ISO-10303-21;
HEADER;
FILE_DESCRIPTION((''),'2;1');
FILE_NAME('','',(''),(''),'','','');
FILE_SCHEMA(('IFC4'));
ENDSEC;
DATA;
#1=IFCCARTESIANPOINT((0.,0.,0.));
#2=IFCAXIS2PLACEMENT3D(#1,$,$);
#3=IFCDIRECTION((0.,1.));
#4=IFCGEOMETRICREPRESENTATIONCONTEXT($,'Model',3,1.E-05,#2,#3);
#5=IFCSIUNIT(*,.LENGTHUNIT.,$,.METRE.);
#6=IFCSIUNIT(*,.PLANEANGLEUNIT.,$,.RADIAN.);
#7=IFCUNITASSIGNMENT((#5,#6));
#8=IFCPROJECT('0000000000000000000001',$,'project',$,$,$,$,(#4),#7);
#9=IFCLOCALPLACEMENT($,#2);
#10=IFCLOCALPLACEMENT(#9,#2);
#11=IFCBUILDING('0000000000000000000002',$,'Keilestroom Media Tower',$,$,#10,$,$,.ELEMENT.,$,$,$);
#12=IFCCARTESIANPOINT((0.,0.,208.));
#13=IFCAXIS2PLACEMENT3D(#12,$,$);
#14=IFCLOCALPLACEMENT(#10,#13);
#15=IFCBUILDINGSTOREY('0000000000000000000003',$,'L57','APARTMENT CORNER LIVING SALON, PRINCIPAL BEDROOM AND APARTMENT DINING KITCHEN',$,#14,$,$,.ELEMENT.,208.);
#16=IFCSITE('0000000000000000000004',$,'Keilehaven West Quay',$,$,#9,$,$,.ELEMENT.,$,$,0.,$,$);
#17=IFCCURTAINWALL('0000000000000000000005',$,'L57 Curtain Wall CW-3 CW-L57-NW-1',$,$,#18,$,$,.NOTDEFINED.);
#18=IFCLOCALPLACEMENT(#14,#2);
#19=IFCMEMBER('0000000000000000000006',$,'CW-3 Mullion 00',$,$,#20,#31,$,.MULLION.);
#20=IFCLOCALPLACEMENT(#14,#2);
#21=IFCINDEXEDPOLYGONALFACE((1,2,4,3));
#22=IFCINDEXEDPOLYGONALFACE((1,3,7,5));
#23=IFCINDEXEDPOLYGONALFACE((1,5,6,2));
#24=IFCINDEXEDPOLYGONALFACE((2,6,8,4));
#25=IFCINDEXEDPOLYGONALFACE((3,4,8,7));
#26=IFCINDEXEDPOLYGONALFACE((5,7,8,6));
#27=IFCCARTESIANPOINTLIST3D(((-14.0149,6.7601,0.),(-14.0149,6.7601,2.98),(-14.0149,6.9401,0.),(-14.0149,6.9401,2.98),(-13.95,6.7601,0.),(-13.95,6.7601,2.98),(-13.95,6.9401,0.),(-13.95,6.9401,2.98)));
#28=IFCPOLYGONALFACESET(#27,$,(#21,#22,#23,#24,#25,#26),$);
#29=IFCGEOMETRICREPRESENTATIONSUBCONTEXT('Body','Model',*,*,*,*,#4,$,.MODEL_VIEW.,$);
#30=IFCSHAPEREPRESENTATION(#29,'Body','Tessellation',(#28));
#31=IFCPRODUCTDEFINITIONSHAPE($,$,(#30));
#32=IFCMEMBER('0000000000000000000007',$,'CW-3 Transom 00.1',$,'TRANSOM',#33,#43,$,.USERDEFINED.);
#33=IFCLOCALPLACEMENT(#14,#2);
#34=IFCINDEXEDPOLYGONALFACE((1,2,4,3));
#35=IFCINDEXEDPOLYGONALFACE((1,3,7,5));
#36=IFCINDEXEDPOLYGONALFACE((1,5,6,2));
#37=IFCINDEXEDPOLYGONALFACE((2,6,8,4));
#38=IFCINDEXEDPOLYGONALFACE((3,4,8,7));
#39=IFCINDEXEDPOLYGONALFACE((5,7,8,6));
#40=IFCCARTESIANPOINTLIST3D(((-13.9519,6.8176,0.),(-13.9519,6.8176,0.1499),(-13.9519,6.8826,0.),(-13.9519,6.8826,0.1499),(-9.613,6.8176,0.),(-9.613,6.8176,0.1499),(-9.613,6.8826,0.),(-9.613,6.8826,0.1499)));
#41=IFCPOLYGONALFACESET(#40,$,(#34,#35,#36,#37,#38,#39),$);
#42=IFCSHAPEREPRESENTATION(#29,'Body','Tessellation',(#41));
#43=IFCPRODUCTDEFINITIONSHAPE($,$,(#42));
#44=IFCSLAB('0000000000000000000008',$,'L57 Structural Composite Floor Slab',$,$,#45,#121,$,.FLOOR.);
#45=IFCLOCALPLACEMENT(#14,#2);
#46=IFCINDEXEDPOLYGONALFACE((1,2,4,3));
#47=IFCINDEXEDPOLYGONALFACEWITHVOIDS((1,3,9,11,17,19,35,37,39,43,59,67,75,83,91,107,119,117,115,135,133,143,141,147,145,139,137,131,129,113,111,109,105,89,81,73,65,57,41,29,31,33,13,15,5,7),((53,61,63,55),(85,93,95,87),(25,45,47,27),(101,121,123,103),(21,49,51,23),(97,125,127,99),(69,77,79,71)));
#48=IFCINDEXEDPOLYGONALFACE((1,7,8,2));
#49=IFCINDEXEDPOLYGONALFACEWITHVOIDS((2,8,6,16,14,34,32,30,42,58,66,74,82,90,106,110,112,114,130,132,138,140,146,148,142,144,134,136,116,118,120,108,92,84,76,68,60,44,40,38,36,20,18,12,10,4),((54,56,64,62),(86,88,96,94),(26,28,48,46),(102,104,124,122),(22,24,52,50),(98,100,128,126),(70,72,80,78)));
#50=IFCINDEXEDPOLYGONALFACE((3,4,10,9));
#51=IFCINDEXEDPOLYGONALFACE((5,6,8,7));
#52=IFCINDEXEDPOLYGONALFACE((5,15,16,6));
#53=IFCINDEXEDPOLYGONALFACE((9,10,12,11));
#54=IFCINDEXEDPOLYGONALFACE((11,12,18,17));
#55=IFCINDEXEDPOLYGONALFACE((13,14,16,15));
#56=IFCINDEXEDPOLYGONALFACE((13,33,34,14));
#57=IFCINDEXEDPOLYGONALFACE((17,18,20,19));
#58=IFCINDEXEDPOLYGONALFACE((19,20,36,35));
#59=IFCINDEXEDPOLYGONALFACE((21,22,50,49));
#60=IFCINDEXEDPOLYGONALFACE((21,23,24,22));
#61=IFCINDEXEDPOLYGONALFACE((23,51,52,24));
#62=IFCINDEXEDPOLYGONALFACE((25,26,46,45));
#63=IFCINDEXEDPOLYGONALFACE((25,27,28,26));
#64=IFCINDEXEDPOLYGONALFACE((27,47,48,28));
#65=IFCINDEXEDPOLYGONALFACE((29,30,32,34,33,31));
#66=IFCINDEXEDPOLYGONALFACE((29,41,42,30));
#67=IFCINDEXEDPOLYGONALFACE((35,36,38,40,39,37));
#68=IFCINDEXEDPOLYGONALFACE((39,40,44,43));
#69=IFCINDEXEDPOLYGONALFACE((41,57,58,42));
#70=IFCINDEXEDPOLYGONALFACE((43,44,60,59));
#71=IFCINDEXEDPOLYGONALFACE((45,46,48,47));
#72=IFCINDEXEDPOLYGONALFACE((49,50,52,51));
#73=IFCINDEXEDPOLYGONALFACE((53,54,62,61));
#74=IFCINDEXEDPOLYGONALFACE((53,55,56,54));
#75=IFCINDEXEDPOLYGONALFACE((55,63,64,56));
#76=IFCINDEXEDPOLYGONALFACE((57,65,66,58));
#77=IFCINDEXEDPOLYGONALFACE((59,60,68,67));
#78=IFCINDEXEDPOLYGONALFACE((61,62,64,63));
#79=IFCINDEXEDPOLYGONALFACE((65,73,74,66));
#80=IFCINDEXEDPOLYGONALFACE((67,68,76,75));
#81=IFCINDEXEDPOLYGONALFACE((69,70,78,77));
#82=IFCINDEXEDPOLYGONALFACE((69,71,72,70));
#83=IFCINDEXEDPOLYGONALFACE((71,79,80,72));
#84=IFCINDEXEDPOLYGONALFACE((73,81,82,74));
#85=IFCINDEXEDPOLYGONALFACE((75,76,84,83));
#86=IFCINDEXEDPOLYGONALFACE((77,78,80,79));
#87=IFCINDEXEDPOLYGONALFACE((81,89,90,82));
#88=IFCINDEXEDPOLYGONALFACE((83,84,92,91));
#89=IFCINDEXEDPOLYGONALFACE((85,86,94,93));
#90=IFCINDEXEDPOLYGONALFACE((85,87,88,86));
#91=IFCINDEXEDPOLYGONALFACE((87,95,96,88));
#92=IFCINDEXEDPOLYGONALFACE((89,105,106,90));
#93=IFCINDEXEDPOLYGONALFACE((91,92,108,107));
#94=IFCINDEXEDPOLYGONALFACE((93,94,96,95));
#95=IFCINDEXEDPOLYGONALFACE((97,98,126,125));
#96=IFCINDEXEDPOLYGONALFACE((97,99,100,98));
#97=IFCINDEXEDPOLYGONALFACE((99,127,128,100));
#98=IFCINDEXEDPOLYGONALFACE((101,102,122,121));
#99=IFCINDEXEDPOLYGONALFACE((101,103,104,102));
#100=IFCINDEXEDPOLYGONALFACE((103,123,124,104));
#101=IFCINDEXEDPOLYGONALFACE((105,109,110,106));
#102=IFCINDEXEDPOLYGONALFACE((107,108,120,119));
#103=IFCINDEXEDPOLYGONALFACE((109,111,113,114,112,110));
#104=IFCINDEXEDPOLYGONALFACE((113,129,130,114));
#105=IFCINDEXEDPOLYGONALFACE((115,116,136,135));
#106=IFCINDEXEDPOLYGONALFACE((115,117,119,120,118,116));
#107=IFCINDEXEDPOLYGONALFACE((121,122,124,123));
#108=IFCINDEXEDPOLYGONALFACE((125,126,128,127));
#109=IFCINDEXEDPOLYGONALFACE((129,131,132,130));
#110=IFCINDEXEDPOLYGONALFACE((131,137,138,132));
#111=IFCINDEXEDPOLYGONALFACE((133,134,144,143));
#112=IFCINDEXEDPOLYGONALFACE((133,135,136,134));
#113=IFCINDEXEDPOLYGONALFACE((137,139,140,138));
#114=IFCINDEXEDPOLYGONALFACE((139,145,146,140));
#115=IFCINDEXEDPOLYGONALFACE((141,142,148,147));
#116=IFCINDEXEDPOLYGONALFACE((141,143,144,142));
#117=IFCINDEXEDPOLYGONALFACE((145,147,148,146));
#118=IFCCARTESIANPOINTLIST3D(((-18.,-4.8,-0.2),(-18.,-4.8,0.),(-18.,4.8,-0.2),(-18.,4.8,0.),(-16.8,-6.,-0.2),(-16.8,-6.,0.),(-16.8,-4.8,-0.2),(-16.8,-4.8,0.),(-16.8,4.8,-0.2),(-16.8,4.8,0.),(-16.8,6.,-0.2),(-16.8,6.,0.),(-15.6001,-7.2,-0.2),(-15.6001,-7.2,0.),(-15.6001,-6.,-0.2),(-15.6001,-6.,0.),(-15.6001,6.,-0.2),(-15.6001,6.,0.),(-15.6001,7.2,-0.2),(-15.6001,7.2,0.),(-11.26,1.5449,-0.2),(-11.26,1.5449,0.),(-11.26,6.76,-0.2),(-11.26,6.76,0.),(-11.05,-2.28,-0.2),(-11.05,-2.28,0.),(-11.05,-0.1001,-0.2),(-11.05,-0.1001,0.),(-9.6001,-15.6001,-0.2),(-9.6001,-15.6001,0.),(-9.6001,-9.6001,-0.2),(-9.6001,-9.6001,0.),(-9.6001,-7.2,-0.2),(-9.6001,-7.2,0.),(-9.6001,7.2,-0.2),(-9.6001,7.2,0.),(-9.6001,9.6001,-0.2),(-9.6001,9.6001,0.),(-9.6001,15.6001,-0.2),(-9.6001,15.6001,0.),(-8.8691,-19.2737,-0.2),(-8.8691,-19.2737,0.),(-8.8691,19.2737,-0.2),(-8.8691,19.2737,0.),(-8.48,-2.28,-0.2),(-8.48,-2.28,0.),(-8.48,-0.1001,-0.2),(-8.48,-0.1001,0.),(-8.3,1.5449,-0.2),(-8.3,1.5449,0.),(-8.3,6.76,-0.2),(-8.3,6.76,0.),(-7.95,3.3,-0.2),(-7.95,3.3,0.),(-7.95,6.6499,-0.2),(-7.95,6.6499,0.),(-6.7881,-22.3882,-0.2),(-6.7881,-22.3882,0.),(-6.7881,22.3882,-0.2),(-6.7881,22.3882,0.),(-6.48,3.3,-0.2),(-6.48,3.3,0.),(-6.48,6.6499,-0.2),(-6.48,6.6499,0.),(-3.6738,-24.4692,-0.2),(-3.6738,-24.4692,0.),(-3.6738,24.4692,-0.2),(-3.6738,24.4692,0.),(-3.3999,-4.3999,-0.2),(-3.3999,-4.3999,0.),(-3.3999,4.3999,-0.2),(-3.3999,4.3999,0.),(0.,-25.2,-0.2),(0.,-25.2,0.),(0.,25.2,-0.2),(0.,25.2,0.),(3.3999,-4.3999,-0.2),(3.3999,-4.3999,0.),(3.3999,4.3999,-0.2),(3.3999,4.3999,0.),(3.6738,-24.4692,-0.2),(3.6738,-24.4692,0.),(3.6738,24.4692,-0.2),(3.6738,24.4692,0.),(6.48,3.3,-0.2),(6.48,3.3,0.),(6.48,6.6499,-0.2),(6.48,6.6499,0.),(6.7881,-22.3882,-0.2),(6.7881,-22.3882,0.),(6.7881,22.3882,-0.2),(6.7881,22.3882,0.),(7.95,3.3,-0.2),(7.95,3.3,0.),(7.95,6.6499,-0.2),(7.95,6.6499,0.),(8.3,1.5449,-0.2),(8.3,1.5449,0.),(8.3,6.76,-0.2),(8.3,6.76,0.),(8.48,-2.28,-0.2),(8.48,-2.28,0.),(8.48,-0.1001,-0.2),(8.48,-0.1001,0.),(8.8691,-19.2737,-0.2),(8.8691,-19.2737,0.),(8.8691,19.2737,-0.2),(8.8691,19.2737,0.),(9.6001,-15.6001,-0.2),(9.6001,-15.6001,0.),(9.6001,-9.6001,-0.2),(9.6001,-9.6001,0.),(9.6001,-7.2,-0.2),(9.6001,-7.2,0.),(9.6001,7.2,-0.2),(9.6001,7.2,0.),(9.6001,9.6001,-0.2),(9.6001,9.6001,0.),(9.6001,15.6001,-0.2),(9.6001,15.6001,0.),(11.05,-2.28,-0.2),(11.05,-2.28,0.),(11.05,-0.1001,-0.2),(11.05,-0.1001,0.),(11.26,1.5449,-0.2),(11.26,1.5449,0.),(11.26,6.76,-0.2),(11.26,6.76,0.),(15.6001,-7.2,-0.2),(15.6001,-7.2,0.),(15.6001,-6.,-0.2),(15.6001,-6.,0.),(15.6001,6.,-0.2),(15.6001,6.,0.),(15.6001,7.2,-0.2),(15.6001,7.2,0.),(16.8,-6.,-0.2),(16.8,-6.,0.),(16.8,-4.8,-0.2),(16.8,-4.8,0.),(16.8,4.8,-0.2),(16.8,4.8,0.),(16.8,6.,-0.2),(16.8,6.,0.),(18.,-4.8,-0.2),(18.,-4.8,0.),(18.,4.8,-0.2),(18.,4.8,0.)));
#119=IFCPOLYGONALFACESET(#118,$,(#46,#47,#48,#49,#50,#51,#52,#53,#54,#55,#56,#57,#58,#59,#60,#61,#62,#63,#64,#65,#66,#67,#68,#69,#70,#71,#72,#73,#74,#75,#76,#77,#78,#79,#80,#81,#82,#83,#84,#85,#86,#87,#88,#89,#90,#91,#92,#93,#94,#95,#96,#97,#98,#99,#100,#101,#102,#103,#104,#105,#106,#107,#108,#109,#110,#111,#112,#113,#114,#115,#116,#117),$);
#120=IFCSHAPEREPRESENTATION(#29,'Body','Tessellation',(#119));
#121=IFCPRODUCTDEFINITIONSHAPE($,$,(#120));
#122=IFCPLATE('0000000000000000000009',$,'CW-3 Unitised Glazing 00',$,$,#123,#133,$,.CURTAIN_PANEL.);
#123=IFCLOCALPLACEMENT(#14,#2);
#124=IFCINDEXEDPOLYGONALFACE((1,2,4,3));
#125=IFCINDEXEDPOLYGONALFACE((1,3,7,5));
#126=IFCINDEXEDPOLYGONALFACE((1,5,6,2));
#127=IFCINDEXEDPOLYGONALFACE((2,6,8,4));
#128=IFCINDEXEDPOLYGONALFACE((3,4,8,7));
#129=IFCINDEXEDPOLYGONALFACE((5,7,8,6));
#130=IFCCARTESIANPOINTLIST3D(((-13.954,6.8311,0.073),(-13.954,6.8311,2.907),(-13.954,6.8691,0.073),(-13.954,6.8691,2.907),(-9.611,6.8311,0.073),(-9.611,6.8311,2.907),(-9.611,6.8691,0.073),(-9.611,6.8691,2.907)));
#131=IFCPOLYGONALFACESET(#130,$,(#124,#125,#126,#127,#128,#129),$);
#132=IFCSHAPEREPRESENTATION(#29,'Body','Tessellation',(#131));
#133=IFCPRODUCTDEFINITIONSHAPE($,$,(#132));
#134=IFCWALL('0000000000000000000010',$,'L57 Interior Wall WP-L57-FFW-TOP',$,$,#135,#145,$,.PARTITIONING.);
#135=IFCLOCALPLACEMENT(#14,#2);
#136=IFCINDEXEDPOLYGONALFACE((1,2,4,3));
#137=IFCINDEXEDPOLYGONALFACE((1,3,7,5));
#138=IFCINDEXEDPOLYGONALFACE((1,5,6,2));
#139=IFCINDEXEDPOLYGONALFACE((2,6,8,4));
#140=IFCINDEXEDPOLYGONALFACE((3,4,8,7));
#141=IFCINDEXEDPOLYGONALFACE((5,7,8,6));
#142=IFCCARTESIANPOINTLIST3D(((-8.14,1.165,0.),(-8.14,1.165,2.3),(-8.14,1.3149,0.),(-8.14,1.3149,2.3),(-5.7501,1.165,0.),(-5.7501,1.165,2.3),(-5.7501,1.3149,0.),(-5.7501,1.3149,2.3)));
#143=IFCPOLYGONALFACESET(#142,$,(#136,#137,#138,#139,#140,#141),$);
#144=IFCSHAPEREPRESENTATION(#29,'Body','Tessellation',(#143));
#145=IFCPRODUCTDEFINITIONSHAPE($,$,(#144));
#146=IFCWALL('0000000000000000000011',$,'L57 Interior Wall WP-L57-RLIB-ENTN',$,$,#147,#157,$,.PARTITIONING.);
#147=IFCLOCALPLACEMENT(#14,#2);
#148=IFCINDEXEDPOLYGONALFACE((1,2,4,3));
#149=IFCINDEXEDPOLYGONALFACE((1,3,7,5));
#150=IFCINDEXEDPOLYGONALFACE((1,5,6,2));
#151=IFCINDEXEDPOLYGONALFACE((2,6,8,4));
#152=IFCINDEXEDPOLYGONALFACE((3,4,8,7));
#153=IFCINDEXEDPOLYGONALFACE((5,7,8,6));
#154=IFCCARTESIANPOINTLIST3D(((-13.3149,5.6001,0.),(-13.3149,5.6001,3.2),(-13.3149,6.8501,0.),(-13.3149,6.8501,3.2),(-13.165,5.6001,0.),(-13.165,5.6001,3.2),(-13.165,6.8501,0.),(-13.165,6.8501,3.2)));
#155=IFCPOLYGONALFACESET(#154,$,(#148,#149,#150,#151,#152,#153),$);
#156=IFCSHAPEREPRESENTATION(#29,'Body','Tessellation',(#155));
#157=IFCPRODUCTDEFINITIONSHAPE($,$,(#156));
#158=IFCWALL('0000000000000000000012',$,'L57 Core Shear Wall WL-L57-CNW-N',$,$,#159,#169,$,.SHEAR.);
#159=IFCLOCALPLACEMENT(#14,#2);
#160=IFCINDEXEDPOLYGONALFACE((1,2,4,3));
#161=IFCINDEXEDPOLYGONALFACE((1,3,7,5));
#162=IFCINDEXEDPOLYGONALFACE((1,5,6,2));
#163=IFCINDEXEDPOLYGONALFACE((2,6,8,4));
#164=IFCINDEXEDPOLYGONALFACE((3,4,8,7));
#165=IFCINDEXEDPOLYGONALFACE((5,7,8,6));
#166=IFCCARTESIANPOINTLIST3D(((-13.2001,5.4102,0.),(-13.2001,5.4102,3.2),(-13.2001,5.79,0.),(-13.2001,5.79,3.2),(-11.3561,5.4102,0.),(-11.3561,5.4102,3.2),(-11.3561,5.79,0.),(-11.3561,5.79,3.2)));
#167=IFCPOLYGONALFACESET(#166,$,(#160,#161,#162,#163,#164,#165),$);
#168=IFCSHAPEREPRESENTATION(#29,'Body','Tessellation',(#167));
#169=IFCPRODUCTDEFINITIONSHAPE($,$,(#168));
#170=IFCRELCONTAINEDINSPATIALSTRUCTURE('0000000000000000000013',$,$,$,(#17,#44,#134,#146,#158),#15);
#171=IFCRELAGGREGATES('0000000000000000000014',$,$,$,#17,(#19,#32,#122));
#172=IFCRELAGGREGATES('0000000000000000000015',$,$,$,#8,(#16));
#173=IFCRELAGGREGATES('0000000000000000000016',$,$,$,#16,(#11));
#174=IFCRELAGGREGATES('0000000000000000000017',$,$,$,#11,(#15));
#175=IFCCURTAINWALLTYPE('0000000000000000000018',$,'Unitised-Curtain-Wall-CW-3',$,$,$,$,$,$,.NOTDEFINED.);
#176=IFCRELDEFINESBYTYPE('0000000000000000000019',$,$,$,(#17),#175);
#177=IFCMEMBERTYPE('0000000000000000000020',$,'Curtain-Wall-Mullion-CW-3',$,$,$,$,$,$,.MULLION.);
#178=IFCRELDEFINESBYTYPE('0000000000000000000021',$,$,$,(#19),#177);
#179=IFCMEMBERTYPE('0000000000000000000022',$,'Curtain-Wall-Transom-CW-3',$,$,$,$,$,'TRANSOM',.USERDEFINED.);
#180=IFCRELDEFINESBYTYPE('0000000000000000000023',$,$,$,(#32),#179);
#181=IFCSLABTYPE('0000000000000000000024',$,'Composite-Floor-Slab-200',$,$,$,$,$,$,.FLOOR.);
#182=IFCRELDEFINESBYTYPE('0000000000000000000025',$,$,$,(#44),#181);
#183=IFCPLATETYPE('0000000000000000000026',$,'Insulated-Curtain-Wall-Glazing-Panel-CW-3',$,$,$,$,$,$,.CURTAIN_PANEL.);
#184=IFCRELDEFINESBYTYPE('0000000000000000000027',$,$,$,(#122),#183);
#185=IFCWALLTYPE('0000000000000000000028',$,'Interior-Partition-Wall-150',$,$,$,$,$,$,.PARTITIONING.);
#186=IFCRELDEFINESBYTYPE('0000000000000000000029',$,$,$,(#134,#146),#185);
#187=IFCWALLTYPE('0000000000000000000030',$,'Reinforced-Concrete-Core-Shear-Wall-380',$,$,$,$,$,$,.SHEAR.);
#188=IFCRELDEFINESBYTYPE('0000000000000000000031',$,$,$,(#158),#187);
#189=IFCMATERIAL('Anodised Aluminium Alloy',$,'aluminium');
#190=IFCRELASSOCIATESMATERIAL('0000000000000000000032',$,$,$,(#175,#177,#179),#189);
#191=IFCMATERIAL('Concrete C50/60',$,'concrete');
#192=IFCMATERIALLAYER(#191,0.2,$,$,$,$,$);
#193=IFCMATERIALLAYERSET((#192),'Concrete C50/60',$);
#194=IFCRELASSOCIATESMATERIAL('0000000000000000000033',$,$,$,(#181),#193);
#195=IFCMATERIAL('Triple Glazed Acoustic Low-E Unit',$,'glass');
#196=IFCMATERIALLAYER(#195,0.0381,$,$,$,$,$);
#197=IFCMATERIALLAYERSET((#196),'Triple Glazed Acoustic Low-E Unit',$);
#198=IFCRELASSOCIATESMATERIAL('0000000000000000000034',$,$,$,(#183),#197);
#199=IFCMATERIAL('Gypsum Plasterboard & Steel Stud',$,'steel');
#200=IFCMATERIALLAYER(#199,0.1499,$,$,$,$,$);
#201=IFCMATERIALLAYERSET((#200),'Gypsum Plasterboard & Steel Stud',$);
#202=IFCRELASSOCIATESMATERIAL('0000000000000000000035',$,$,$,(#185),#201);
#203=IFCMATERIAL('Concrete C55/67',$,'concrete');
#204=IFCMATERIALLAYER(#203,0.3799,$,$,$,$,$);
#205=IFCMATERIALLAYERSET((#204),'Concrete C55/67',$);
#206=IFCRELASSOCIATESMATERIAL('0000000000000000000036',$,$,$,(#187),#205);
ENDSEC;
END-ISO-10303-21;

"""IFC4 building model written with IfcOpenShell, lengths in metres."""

from ifc_helpers import new_model, si_unit, direction, frame, frame_2d, origin, origin_2d, place, context, subcontext, project, spatial, polyline, rectangle, outline, extrude, source, transform, mapped, material, layer, layer_set, material_profile, profile_set, type_object, element, aggregate, save


model = new_model("IFC4")

# Units and contexts
model_context = context("Model", 3, precision=1e-05, world=origin(), true_north=direction((0.0, 1.0)))
body_context = subcontext(model_context, "Body", "Model", "MODEL_VIEW")
ifc_project = project(units=[si_unit("LENGTHUNIT", "METRE"), si_unit("PLANEANGLEUNIT", "RADIAN")], contexts=[model_context])

# Site, building, storey
site_placement = place(None, origin())
site = spatial("IfcSite", under=ifc_project, at=site_placement, Name="Keilehaven West Quay", CompositionType="ELEMENT", RefElevation=0.0)
building_placement = place(site_placement, origin())
building = spatial("IfcBuilding", under=site, at=building_placement, Name="Keilestroom Media Tower", CompositionType="ELEMENT")
storey_placement = place(building_placement, frame((0.0, 0.0, 208.0)))
storey = spatial("IfcBuildingStorey", under=building, at=storey_placement, Name="L57", Description="APARTMENT CORNER LIVING SALON, PRINCIPAL BEDROOM AND APARTMENT DINING KITCHEN", CompositionType="ELEMENT", Elevation=208.0)

# Curtain wall, members
ifc_material_1 = material(Name="Anodised Aluminium Alloy", Category="aluminium")
curtain_wall_type = type_object("IfcCurtainWallType", Name="Unitised-Curtain-Wall-CW-3", PredefinedType="NOTDEFINED", material=ifc_material_1)
curtain_wall_placement = place(storey_placement, origin())
curtain_wall = element("IfcCurtainWall", 1, at=curtain_wall_placement, inside=storey, type_object=curtain_wall_type, Name="L57 Curtain Wall CW-3 CW-L57-NW-1", PredefinedType="NOTDEFINED")
ifc_material_profile_1 = material_profile(ifc_material_1, rectangle(XDim=0.0649, YDim=0.1799, at=origin_2d()), Name="ALU MULLION 65x180")
ifc_profile_set_1 = profile_set([ifc_material_profile_1], Name="Anodised Aluminium Alloy")
member_type_1 = type_object("IfcMemberType", Name="Curtain-Wall-Mullion-CW-3", PredefinedType="MULLION", material=ifc_profile_set_1)
shared_shape_1 = source(origin(), body_context, "Body", "SweptSolid", [
    extrude(rectangle(XDim=0.0649, YDim=0.1799, at=origin_2d()), origin(), (0.0, 0.0, 1.0), 2.98),
])
member_1_placement = place(storey_placement, frame((-13.9824, 6.8501, 0.0), z_axis=(0.0, 0.0, 1.0), x_axis=(1.0, 0.0, 0.0)))
member_1 = element("IfcMember", 2, at=member_1_placement, type_object=member_type_1, Name="CW-3 Mullion 00", PredefinedType="MULLION", context=body_context, shape_type="MappedRepresentation", body=[
    mapped(shared_shape_1, transform((0.0, 0.0, 0.0), x_axis=(1.0, 0.0, 0.0), y_axis=(0.0, 1.0, 0.0), z_axis=(0.0, 0.0, 1.0), scale=1.0)),
])
ifc_material_profile_2 = material_profile(ifc_material_1, rectangle(XDim=0.0649, YDim=0.1499, at=origin_2d()), Name="ALU TRANSOM 65x150")
ifc_profile_set_2 = profile_set([ifc_material_profile_2], Name="Anodised Aluminium Alloy")
member_type_2 = type_object("IfcMemberType", Name="Curtain-Wall-Transom-CW-3", ElementType="TRANSOM", PredefinedType="USERDEFINED", material=ifc_profile_set_2)
shared_shape_2 = source(origin(), body_context, "Body", "SweptSolid", [
    extrude(rectangle(XDim=0.0649, YDim=0.1499, at=origin_2d()), origin(), (0.0, 0.0, 1.0), 4.3389),
])
member_2_placement = place(storey_placement, frame((-13.9519, 6.8501, 0.075), z_axis=(1.0, 0.0, 0.0), x_axis=(0.0, 1.0, 0.0)))
member_2 = element("IfcMember", 3, at=member_2_placement, type_object=member_type_2, Name="CW-3 Transom 00.1", ObjectType="TRANSOM", PredefinedType="USERDEFINED", context=body_context, shape_type="MappedRepresentation", body=[
    mapped(shared_shape_2, transform((0.0, 0.0, 0.0), x_axis=(1.0, 0.0, 0.0), y_axis=(0.0, 1.0, 0.0), z_axis=(0.0, 0.0, 1.0), scale=1.0)),
])

# Slab
ifc_material_2 = material(Name="Concrete C50/60", Category="concrete")
ifc_layer_1 = layer(ifc_material_2, 0.2)
ifc_layer_set_1 = layer_set([ifc_layer_1], Name="Concrete C50/60")
slab_type = type_object("IfcSlabType", Name="Composite-Floor-Slab-200", PredefinedType="FLOOR", material=ifc_layer_set_1)
slab_placement = place(storey_placement, frame((0.0, 0.0, -0.2)))
element("IfcSlab", 4, at=slab_placement, inside=storey, type_object=slab_type, Name="L57 Structural Composite Floor Slab", PredefinedType="FLOOR", context=body_context, shape_type="SweptSolid", body=[
    extrude(outline(polyline([(18.0, -4.8), (18.0, 4.8), (16.8, 4.8), (16.8, 6.0), (15.6001, 6.0), (15.6001, 7.2), (9.6001, 7.2), (9.6001, 9.6001), (9.6001, 15.6001), (8.8691, 19.2737), (6.7881, 22.3882), (3.6738, 24.4692), (0.0, 25.2), (-3.6738, 24.4692), (-6.7881, 22.3882), (-8.8691, 19.2737), (-9.6001, 15.6001), (-9.6001, 9.6001), (-9.6001, 7.2), (-15.6001, 7.2), (-15.6001, 6.0), (-16.8, 6.0), (-16.8, 4.8), (-18.0, 4.8), (-18.0, -4.8), (-16.8, -4.8), (-16.8, -6.0), (-15.6001, -6.0), (-15.6001, -7.2), (-9.6001, -7.2), (-9.6001, -9.6001), (-9.6001, -15.6001), (-8.8691, -19.2737), (-6.7881, -22.3882), (-3.6738, -24.4692), (0.0, -25.2), (3.6738, -24.4692), (6.7881, -22.3882), (8.8691, -19.2737), (9.6001, -15.6001), (9.6001, -9.6001), (9.6001, -7.2), (15.6001, -7.2), (15.6001, -6.0), (16.8, -6.0), (16.8, -4.8), (18.0, -4.8)]), holes=[polyline([(-8.3, 1.5449), (-11.26, 1.5449), (-11.26, 6.76), (-8.3, 6.76), (-8.3, 1.5449)]), polyline([(-8.48, -2.28), (-11.05, -2.28), (-11.05, -0.1001), (-8.48, -0.1001), (-8.48, -2.28)]), polyline([(-6.48, 3.3), (-7.95, 3.3), (-7.95, 6.6499), (-6.48, 6.6499), (-6.48, 3.3)]), polyline([(3.3999, -4.3999), (-3.3999, -4.3999), (-3.3999, 4.3999), (3.3999, 4.3999), (3.3999, -4.3999)]), polyline([(7.95, 3.3), (6.48, 3.3), (6.48, 6.6499), (7.95, 6.6499), (7.95, 3.3)]), polyline([(11.26, 1.5449), (8.3, 1.5449), (8.3, 6.76), (11.26, 6.76), (11.26, 1.5449)]), polyline([(11.05, -2.28), (8.48, -2.28), (8.48, -0.1001), (11.05, -0.1001), (11.05, -2.28)])]), origin(), (0.0, 0.0, 1.0), 0.2),
])

# Plate
ifc_material_3 = material(Name="Triple Glazed Acoustic Low-E Unit", Category="glass")
ifc_layer_2 = layer(ifc_material_3, 0.0381)
ifc_layer_set_2 = layer_set([ifc_layer_2], Name="Triple Glazed Acoustic Low-E Unit")
plate_type = type_object("IfcPlateType", Name="Insulated-Curtain-Wall-Glazing-Panel-CW-3", PredefinedType="CURTAIN_PANEL", material=ifc_layer_set_2)
shared_shape_3 = source(origin(), body_context, "Body", "SweptSolid", [
    extrude(rectangle(XDim=4.343, YDim=0.0381, at=origin_2d()), origin(), (0.0, 0.0, 1.0), 2.834),
])
plate_placement = place(storey_placement, frame((-11.7825, 6.8501, 0.073), z_axis=(0.0, 0.0, 1.0), x_axis=(1.0, 0.0, 0.0)))
plate = element("IfcPlate", 5, at=plate_placement, type_object=plate_type, Name="CW-3 Unitised Glazing 00", PredefinedType="CURTAIN_PANEL", context=body_context, shape_type="MappedRepresentation", body=[
    mapped(shared_shape_3, transform((0.0, 0.0, 0.0), x_axis=(1.0, 0.0, 0.0), y_axis=(0.0, 1.0, 0.0), z_axis=(0.0, 0.0, 1.0), scale=1.0)),
])
aggregate(curtain_wall, [member_1, member_2, plate])

# Walls
ifc_material_4 = material(Name="Gypsum Plasterboard & Steel Stud", Category="steel")
ifc_layer_3 = layer(ifc_material_4, 0.1499)
ifc_layer_set_3 = layer_set([ifc_layer_3], Name="Gypsum Plasterboard & Steel Stud")
wall_type_1 = type_object("IfcWallType", Name="Interior-Partition-Wall-150", PredefinedType="PARTITIONING", material=ifc_layer_set_3)
wall_1_placement = place(storey_placement, frame((-8.1399, 1.24, 0.0), z_axis=(0.0, 0.0, 1.0), x_axis=(1.0, 0.0, 0.0)))
element("IfcWall", 6, at=wall_1_placement, inside=storey, type_object=wall_type_1, Name="L57 Interior Wall WP-L57-FFW-TOP", PredefinedType="PARTITIONING", context=body_context, shape_type="SweptSolid", body=[
    extrude(rectangle(XDim=2.3899, YDim=0.1499, at=frame_2d((1.1948, 0.0))), origin(), (0.0, 0.0, 1.0), 2.3),
])
wall_2_placement = place(storey_placement, frame((-13.24, 5.6001, 0.0), z_axis=(0.0, 0.0, 1.0), x_axis=(0.0, 1.0, 0.0)))
element("IfcWall", 7, at=wall_2_placement, inside=storey, type_object=wall_type_1, Name="L57 Interior Wall WP-L57-RLIB-ENTN", PredefinedType="PARTITIONING", context=body_context, shape_type="SweptSolid", body=[
    extrude(rectangle(XDim=1.25, YDim=0.1499, at=frame_2d((0.625, 0.0))), origin(), (0.0, 0.0, 1.0), 3.2),
])
ifc_material_5 = material(Name="Concrete C55/67", Category="concrete")
ifc_layer_4 = layer(ifc_material_5, 0.3799)
ifc_layer_set_4 = layer_set([ifc_layer_4], Name="Concrete C55/67")
wall_type_2 = type_object("IfcWallType", Name="Reinforced-Concrete-Core-Shear-Wall-380", PredefinedType="SHEAR", material=ifc_layer_set_4)
wall_3_placement = place(storey_placement, frame((-13.2, 5.6001, 0.0), z_axis=(0.0, 0.0, 1.0), x_axis=(1.0, 0.0, 0.0)))
element("IfcWall", 8, at=wall_3_placement, inside=storey, type_object=wall_type_2, Name="L57 Core Shear Wall WL-L57-CNW-N", PredefinedType="SHEAR", context=body_context, shape_type="SweptSolid", body=[
    extrude(rectangle(XDim=1.844, YDim=0.3799, at=frame_2d((0.9219, 0.0))), origin(), (0.0, 0.0, 1.0), 3.2),
])

save(model, "model.ifc")
